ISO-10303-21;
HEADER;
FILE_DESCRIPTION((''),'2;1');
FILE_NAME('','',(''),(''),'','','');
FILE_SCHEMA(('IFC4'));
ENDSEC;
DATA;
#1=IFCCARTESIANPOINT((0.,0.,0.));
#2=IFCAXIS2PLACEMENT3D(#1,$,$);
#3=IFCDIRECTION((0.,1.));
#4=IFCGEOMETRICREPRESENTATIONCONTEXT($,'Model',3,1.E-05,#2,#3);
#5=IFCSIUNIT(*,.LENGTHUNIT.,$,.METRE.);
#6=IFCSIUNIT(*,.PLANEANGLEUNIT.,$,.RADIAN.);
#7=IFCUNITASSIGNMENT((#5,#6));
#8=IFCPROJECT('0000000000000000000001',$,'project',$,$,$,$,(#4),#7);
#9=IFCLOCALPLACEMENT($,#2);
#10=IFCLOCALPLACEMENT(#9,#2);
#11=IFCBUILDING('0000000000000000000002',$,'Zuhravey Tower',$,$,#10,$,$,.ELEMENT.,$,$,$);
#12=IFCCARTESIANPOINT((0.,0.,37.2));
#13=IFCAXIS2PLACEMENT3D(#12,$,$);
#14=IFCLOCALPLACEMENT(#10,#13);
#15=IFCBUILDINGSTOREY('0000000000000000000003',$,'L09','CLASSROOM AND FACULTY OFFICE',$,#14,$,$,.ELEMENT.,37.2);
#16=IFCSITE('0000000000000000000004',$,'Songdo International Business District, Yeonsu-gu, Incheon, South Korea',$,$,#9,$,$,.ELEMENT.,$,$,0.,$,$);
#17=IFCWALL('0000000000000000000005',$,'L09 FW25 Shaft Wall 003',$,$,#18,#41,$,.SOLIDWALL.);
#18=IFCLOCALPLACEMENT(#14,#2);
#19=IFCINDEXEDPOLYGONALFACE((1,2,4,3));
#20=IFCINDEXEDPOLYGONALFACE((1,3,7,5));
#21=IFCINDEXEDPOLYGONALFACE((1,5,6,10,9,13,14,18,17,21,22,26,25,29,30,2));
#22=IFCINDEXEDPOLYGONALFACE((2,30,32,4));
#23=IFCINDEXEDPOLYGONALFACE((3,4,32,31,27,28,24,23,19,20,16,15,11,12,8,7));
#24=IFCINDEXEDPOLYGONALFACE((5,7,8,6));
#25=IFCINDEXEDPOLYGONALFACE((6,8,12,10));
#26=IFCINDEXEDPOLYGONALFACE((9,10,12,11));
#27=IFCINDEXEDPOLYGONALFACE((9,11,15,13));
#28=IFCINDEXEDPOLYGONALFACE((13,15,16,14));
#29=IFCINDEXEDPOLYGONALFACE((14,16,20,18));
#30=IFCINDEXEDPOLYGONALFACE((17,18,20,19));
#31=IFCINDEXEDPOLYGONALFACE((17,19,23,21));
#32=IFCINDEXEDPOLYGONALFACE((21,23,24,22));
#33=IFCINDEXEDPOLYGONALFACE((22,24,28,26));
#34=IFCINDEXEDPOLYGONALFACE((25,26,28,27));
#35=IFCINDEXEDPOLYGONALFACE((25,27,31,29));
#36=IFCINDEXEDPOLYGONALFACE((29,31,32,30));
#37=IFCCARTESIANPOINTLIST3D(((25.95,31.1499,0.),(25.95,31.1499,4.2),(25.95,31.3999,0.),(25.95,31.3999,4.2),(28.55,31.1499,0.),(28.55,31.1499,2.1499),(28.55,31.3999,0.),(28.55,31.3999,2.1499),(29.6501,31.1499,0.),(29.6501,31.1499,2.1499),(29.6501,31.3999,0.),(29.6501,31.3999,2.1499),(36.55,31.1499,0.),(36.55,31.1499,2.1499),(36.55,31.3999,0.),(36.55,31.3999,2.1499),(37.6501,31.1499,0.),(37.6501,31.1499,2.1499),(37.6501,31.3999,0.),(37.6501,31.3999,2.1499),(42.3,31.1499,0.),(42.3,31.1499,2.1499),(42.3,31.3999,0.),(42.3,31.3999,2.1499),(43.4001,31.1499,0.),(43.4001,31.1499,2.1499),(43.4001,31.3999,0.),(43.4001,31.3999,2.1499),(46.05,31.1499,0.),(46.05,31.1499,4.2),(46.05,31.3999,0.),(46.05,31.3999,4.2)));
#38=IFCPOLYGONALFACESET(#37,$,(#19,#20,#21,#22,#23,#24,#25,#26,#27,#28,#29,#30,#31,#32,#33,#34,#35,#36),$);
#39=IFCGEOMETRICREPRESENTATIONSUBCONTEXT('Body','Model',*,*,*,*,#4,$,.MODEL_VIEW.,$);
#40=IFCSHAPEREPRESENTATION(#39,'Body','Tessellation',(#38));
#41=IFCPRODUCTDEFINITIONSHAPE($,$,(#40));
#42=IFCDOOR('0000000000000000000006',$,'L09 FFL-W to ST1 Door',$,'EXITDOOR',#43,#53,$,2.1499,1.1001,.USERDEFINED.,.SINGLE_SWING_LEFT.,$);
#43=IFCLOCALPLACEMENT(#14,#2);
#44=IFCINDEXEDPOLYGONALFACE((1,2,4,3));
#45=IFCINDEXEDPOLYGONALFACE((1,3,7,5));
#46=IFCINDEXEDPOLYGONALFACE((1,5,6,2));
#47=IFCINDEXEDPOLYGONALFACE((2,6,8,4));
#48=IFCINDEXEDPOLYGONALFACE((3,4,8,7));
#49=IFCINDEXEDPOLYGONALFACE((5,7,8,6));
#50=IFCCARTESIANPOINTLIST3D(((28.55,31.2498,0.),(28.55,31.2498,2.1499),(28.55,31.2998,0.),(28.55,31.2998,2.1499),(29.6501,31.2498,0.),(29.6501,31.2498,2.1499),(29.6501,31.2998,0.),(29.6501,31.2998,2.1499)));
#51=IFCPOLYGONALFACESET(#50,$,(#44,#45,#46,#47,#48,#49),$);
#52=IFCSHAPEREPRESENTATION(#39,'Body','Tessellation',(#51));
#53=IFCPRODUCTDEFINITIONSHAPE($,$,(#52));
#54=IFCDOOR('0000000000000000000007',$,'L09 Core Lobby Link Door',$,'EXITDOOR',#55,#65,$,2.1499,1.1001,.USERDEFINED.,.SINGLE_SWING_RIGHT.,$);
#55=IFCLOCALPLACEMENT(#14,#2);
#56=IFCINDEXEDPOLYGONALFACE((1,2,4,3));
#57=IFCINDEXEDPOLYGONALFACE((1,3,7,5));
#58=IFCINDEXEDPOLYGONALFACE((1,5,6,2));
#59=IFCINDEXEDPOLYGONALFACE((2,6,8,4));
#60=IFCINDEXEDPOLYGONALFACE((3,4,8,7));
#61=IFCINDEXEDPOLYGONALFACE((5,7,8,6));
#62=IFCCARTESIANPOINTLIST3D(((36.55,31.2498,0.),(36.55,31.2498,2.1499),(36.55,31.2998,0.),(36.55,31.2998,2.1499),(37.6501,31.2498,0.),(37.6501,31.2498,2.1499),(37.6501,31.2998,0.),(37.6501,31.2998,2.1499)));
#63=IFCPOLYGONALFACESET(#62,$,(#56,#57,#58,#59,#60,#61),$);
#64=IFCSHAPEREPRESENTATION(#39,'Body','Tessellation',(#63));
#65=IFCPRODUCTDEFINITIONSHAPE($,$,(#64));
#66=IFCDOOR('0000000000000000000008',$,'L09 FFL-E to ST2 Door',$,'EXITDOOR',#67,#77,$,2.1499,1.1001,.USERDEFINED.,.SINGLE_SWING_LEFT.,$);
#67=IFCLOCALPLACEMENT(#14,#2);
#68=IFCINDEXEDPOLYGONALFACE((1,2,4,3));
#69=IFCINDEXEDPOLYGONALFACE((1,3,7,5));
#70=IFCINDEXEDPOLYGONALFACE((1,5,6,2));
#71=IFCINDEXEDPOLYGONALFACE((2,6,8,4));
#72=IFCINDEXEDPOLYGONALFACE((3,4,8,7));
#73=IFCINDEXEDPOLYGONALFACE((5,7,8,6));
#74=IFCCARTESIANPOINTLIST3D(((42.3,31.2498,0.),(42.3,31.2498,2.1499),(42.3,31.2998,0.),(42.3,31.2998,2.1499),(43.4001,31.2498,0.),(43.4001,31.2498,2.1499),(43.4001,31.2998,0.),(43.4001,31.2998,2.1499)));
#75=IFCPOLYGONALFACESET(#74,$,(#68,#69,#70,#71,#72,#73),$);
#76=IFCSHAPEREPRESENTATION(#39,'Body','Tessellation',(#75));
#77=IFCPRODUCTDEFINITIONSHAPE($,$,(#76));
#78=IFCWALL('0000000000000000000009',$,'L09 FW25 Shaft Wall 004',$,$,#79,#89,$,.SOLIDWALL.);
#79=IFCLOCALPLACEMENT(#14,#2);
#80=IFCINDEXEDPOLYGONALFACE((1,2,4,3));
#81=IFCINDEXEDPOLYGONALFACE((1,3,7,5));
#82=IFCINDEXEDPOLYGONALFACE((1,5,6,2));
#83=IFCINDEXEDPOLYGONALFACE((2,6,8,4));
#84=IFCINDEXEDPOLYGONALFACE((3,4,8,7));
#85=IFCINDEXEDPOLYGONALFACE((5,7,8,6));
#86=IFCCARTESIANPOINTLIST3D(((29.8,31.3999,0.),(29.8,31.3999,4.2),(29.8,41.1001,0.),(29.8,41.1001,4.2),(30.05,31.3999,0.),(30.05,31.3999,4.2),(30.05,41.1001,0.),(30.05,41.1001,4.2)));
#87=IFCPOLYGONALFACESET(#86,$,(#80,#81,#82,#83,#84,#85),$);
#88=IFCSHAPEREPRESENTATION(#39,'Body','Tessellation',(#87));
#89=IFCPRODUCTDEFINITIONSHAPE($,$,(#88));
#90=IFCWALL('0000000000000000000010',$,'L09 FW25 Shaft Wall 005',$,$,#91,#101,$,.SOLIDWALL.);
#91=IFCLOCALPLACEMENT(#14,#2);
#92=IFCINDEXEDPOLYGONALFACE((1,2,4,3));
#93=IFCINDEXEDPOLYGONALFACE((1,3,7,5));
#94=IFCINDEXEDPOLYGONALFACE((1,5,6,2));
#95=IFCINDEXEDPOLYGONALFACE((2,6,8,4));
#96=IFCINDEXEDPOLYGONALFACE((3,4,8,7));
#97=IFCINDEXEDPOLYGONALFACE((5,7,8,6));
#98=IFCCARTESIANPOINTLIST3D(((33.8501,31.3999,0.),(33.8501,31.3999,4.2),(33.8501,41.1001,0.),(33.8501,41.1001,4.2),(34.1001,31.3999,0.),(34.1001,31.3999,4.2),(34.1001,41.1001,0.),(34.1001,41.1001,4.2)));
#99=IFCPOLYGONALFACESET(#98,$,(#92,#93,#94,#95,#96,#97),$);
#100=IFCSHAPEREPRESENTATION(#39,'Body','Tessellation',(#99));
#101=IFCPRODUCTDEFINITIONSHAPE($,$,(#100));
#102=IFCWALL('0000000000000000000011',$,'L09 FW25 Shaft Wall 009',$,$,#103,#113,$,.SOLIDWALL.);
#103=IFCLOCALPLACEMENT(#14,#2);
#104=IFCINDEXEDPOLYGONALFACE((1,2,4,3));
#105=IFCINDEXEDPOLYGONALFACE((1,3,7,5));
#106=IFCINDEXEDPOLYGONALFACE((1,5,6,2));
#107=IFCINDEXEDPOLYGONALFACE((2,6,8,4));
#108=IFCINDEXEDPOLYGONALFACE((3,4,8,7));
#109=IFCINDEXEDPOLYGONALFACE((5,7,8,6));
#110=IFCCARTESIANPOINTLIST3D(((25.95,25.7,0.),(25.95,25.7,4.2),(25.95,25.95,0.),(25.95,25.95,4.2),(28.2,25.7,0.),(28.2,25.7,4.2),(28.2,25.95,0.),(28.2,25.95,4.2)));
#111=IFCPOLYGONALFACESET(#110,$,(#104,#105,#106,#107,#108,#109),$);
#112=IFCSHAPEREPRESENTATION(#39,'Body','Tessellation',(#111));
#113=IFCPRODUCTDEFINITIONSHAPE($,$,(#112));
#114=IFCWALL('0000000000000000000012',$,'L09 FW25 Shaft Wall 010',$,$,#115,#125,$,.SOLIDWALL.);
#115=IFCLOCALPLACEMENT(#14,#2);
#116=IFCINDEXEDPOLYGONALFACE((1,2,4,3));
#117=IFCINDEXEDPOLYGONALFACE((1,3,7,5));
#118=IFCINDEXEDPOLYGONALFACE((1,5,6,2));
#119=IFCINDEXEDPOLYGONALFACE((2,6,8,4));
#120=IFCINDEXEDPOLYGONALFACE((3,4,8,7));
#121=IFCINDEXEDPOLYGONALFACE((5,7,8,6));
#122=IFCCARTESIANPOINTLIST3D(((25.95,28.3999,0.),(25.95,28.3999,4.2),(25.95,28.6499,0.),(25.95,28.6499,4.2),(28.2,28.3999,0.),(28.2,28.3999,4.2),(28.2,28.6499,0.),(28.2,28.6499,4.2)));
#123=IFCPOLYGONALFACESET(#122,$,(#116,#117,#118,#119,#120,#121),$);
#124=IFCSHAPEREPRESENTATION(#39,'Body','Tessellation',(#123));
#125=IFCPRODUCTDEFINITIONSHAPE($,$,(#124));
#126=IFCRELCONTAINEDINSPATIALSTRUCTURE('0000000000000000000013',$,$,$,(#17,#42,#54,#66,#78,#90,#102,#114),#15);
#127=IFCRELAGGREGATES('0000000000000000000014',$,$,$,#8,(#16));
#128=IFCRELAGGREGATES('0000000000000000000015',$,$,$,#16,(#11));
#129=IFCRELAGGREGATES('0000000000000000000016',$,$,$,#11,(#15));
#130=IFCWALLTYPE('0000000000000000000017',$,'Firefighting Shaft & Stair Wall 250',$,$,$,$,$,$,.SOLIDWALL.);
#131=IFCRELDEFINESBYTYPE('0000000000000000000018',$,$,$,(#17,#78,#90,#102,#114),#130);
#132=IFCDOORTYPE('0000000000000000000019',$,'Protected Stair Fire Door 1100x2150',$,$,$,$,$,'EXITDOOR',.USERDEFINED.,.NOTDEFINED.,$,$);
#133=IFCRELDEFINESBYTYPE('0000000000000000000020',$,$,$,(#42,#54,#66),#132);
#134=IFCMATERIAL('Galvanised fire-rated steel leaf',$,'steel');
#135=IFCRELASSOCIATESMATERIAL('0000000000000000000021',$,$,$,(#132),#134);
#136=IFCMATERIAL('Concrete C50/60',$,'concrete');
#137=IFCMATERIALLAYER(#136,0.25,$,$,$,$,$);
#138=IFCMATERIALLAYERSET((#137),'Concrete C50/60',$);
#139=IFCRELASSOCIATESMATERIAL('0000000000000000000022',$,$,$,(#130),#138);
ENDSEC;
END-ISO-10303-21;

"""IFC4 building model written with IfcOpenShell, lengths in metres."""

from ifc_helpers import new_model, si_unit, direction, frame, frame_2d, origin, place, context, subcontext, project, spatial, rectangle, extrude, material, layer, layer_set, type_object, element, fill, save


model = new_model("IFC4")

# Units and contexts
model_context = context("Model", 3, precision=1e-05, world=origin(), true_north=direction((0.0, 1.0)))
body_context = subcontext(model_context, "Body", "Model", "MODEL_VIEW")
ifc_project = project(units=[si_unit("LENGTHUNIT", "METRE"), si_unit("PLANEANGLEUNIT", "RADIAN")], contexts=[model_context])

# Site, building, storey
site_placement = place(None, origin())
site = spatial("IfcSite", under=ifc_project, at=site_placement, Name="Songdo International Business District, Yeonsu-gu, Incheon, South Korea", CompositionType="ELEMENT", RefElevation=0.0)
building_placement = place(site_placement, origin())
building = spatial("IfcBuilding", under=site, at=building_placement, Name="Zuhravey Tower", CompositionType="ELEMENT")
storey_placement = place(building_placement, frame((0.0, 0.0, 37.2)))
storey = spatial("IfcBuildingStorey", under=building, at=storey_placement, Name="L09", Description="CLASSROOM AND FACULTY OFFICE", CompositionType="ELEMENT", Elevation=37.2)

# Shared definitions
ifc_material_1 = material(Name="Galvanised fire-rated steel leaf", Category="steel")
door_type_1 = type_object("IfcDoorType", Name="Protected Stair Fire Door 1100x2150", ElementType="EXITDOOR", OperationType="NOTDEFINED", PredefinedType="USERDEFINED", material=ifc_material_1)

# Wall, openings, doors
ifc_material_2 = material(Name="Concrete C50/60", Category="concrete")
ifc_layer_1 = layer(ifc_material_2, 0.25)
ifc_layer_set_1 = layer_set([ifc_layer_1], Name="Concrete C50/60")
wall_type_1 = type_object("IfcWallType", Name="Firefighting Shaft & Stair Wall 250", PredefinedType="SOLIDWALL", material=ifc_layer_set_1)
wall_1_placement = place(storey_placement, frame((25.95, 31.2749, 0.0), z_axis=(0.0, 0.0, 1.0), x_axis=(1.0, 0.0, 0.0)))
wall_1 = element("IfcWall", 1, at=wall_1_placement, inside=storey, type_object=wall_type_1, Name="L09 FW25 Shaft Wall 003", PredefinedType="SOLIDWALL", context=body_context, shape_type="SweptSolid", body=[
    extrude(rectangle(XDim=20.1001, YDim=0.25, at=frame_2d((10.05, 0.0))), origin(), (0.0, 0.0, 1.0), 4.2),
])
opening_1_placement = place(wall_1_placement, frame((2.6001, 0.0, 0.0)))
opening_1 = element("IfcOpeningElement", 2, at=opening_1_placement, cuts=wall_1, PredefinedType="OPENING", context=body_context, shape_type="SweptSolid", body=[
    extrude(rectangle(XDim=1.1001, YDim=2.1499, at=frame_2d((0.55, 1.075))), frame((0.0, 0.137, 0.0), z_axis=(0.0, -1.0, 0.0), x_axis=(1.0, 0.0, 0.0)), (0.0, 0.0, 1.0), 0.2739),
])
opening_2_placement = place(wall_1_placement, frame((10.6001, 0.0, 0.0)))
opening_2 = element("IfcOpeningElement", 3, at=opening_2_placement, cuts=wall_1, PredefinedType="OPENING", context=body_context, shape_type="SweptSolid", body=[
    extrude(rectangle(XDim=1.1001, YDim=2.1499, at=frame_2d((0.55, 1.075))), frame((0.0, 0.137, 0.0), z_axis=(0.0, -1.0, 0.0), x_axis=(1.0, 0.0, 0.0)), (0.0, 0.0, 1.0), 0.2739),
])
opening_3_placement = place(wall_1_placement, frame((16.3501, 0.0, 0.0)))
opening_3 = element("IfcOpeningElement", 4, at=opening_3_placement, cuts=wall_1, PredefinedType="OPENING", context=body_context, shape_type="SweptSolid", body=[
    extrude(rectangle(XDim=1.1001, YDim=2.1499, at=frame_2d((0.55, 1.075))), frame((0.0, 0.137, 0.0), z_axis=(0.0, -1.0, 0.0), x_axis=(1.0, 0.0, 0.0)), (0.0, 0.0, 1.0), 0.2739),
])
door_1_placement = place(opening_1_placement, origin())
door_1 = element("IfcDoor", 5, at=door_1_placement, inside=storey, type_object=door_type_1, Name="L09 FFL-W to ST1 Door", ObjectType="EXITDOOR", OperationType="SINGLE_SWING_LEFT", OverallHeight=2.1499, OverallWidth=1.1001, PredefinedType="USERDEFINED", context=body_context, shape_type="SweptSolid", body=[
    extrude(rectangle(XDim=1.1001, YDim=2.1499, at=frame_2d((0.55, 1.075))), frame((0.0, 0.0249, 0.0), z_axis=(0.0, -1.0, 0.0), x_axis=(1.0, 0.0, 0.0)), (0.0, 0.0, 1.0), 0.05),
])
fill(opening_1, door_1)
door_2_placement = place(opening_2_placement, origin())
door_2 = element("IfcDoor", 6, at=door_2_placement, inside=storey, type_object=door_type_1, Name="L09 Core Lobby Link Door", ObjectType="EXITDOOR", OperationType="SINGLE_SWING_RIGHT", OverallHeight=2.1499, OverallWidth=1.1001, PredefinedType="USERDEFINED", context=body_context, shape_type="SweptSolid", body=[
    extrude(rectangle(XDim=1.1001, YDim=2.1499, at=frame_2d((0.55, 1.075))), frame((0.0, 0.0249, 0.0), z_axis=(0.0, -1.0, 0.0), x_axis=(1.0, 0.0, 0.0)), (0.0, 0.0, 1.0), 0.05),
])
fill(opening_2, door_2)
door_3_placement = place(opening_3_placement, origin())
door_3 = element("IfcDoor", 7, at=door_3_placement, inside=storey, type_object=door_type_1, Name="L09 FFL-E to ST2 Door", ObjectType="EXITDOOR", OperationType="SINGLE_SWING_LEFT", OverallHeight=2.1499, OverallWidth=1.1001, PredefinedType="USERDEFINED", context=body_context, shape_type="SweptSolid", body=[
    extrude(rectangle(XDim=1.1001, YDim=2.1499, at=frame_2d((0.55, 1.075))), frame((0.0, 0.0249, 0.0), z_axis=(0.0, -1.0, 0.0), x_axis=(1.0, 0.0, 0.0)), (0.0, 0.0, 1.0), 0.05),
])
fill(opening_3, door_3)

# Walls
for number, where, z_axis, x_axis, name in (
    (8, (29.925, 31.3999, 0.0), (0.0, 0.0, 1.0), (0.0, 1.0, 0.0), "L09 FW25 Shaft Wall 004"),
    (9, (33.9751, 31.3999, 0.0), (0.0, 0.0, 1.0), (0.0, 1.0, 0.0), "L09 FW25 Shaft Wall 005"),
):
    element("IfcWall", number, at=place(storey_placement, frame(where, z_axis=z_axis, x_axis=x_axis)), inside=storey, type_object=wall_type_1, Name=name, PredefinedType="SOLIDWALL", context=body_context, shape_type="SweptSolid", body=[
        extrude(rectangle(XDim=9.7002, YDim=0.25, at=frame_2d((4.8501, 0.0))), origin(), (0.0, 0.0, 1.0), 4.2),
    ])
for number, where, z_axis, x_axis, name in (
    (10, (25.95, 25.825, 0.0), (0.0, 0.0, 1.0), (1.0, 0.0, 0.0), "L09 FW25 Shaft Wall 009"),
    (11, (25.95, 28.5249, 0.0), (0.0, 0.0, 1.0), (1.0, 0.0, 0.0), "L09 FW25 Shaft Wall 010"),
):
    element("IfcWall", number, at=place(storey_placement, frame(where, z_axis=z_axis, x_axis=x_axis)), inside=storey, type_object=wall_type_1, Name=name, PredefinedType="SOLIDWALL", context=body_context, shape_type="SweptSolid", body=[
        extrude(rectangle(XDim=2.25, YDim=0.25, at=frame_2d((1.125, 0.0))), origin(), (0.0, 0.0, 1.0), 4.2),
    ])

save(model, "model.ifc")
